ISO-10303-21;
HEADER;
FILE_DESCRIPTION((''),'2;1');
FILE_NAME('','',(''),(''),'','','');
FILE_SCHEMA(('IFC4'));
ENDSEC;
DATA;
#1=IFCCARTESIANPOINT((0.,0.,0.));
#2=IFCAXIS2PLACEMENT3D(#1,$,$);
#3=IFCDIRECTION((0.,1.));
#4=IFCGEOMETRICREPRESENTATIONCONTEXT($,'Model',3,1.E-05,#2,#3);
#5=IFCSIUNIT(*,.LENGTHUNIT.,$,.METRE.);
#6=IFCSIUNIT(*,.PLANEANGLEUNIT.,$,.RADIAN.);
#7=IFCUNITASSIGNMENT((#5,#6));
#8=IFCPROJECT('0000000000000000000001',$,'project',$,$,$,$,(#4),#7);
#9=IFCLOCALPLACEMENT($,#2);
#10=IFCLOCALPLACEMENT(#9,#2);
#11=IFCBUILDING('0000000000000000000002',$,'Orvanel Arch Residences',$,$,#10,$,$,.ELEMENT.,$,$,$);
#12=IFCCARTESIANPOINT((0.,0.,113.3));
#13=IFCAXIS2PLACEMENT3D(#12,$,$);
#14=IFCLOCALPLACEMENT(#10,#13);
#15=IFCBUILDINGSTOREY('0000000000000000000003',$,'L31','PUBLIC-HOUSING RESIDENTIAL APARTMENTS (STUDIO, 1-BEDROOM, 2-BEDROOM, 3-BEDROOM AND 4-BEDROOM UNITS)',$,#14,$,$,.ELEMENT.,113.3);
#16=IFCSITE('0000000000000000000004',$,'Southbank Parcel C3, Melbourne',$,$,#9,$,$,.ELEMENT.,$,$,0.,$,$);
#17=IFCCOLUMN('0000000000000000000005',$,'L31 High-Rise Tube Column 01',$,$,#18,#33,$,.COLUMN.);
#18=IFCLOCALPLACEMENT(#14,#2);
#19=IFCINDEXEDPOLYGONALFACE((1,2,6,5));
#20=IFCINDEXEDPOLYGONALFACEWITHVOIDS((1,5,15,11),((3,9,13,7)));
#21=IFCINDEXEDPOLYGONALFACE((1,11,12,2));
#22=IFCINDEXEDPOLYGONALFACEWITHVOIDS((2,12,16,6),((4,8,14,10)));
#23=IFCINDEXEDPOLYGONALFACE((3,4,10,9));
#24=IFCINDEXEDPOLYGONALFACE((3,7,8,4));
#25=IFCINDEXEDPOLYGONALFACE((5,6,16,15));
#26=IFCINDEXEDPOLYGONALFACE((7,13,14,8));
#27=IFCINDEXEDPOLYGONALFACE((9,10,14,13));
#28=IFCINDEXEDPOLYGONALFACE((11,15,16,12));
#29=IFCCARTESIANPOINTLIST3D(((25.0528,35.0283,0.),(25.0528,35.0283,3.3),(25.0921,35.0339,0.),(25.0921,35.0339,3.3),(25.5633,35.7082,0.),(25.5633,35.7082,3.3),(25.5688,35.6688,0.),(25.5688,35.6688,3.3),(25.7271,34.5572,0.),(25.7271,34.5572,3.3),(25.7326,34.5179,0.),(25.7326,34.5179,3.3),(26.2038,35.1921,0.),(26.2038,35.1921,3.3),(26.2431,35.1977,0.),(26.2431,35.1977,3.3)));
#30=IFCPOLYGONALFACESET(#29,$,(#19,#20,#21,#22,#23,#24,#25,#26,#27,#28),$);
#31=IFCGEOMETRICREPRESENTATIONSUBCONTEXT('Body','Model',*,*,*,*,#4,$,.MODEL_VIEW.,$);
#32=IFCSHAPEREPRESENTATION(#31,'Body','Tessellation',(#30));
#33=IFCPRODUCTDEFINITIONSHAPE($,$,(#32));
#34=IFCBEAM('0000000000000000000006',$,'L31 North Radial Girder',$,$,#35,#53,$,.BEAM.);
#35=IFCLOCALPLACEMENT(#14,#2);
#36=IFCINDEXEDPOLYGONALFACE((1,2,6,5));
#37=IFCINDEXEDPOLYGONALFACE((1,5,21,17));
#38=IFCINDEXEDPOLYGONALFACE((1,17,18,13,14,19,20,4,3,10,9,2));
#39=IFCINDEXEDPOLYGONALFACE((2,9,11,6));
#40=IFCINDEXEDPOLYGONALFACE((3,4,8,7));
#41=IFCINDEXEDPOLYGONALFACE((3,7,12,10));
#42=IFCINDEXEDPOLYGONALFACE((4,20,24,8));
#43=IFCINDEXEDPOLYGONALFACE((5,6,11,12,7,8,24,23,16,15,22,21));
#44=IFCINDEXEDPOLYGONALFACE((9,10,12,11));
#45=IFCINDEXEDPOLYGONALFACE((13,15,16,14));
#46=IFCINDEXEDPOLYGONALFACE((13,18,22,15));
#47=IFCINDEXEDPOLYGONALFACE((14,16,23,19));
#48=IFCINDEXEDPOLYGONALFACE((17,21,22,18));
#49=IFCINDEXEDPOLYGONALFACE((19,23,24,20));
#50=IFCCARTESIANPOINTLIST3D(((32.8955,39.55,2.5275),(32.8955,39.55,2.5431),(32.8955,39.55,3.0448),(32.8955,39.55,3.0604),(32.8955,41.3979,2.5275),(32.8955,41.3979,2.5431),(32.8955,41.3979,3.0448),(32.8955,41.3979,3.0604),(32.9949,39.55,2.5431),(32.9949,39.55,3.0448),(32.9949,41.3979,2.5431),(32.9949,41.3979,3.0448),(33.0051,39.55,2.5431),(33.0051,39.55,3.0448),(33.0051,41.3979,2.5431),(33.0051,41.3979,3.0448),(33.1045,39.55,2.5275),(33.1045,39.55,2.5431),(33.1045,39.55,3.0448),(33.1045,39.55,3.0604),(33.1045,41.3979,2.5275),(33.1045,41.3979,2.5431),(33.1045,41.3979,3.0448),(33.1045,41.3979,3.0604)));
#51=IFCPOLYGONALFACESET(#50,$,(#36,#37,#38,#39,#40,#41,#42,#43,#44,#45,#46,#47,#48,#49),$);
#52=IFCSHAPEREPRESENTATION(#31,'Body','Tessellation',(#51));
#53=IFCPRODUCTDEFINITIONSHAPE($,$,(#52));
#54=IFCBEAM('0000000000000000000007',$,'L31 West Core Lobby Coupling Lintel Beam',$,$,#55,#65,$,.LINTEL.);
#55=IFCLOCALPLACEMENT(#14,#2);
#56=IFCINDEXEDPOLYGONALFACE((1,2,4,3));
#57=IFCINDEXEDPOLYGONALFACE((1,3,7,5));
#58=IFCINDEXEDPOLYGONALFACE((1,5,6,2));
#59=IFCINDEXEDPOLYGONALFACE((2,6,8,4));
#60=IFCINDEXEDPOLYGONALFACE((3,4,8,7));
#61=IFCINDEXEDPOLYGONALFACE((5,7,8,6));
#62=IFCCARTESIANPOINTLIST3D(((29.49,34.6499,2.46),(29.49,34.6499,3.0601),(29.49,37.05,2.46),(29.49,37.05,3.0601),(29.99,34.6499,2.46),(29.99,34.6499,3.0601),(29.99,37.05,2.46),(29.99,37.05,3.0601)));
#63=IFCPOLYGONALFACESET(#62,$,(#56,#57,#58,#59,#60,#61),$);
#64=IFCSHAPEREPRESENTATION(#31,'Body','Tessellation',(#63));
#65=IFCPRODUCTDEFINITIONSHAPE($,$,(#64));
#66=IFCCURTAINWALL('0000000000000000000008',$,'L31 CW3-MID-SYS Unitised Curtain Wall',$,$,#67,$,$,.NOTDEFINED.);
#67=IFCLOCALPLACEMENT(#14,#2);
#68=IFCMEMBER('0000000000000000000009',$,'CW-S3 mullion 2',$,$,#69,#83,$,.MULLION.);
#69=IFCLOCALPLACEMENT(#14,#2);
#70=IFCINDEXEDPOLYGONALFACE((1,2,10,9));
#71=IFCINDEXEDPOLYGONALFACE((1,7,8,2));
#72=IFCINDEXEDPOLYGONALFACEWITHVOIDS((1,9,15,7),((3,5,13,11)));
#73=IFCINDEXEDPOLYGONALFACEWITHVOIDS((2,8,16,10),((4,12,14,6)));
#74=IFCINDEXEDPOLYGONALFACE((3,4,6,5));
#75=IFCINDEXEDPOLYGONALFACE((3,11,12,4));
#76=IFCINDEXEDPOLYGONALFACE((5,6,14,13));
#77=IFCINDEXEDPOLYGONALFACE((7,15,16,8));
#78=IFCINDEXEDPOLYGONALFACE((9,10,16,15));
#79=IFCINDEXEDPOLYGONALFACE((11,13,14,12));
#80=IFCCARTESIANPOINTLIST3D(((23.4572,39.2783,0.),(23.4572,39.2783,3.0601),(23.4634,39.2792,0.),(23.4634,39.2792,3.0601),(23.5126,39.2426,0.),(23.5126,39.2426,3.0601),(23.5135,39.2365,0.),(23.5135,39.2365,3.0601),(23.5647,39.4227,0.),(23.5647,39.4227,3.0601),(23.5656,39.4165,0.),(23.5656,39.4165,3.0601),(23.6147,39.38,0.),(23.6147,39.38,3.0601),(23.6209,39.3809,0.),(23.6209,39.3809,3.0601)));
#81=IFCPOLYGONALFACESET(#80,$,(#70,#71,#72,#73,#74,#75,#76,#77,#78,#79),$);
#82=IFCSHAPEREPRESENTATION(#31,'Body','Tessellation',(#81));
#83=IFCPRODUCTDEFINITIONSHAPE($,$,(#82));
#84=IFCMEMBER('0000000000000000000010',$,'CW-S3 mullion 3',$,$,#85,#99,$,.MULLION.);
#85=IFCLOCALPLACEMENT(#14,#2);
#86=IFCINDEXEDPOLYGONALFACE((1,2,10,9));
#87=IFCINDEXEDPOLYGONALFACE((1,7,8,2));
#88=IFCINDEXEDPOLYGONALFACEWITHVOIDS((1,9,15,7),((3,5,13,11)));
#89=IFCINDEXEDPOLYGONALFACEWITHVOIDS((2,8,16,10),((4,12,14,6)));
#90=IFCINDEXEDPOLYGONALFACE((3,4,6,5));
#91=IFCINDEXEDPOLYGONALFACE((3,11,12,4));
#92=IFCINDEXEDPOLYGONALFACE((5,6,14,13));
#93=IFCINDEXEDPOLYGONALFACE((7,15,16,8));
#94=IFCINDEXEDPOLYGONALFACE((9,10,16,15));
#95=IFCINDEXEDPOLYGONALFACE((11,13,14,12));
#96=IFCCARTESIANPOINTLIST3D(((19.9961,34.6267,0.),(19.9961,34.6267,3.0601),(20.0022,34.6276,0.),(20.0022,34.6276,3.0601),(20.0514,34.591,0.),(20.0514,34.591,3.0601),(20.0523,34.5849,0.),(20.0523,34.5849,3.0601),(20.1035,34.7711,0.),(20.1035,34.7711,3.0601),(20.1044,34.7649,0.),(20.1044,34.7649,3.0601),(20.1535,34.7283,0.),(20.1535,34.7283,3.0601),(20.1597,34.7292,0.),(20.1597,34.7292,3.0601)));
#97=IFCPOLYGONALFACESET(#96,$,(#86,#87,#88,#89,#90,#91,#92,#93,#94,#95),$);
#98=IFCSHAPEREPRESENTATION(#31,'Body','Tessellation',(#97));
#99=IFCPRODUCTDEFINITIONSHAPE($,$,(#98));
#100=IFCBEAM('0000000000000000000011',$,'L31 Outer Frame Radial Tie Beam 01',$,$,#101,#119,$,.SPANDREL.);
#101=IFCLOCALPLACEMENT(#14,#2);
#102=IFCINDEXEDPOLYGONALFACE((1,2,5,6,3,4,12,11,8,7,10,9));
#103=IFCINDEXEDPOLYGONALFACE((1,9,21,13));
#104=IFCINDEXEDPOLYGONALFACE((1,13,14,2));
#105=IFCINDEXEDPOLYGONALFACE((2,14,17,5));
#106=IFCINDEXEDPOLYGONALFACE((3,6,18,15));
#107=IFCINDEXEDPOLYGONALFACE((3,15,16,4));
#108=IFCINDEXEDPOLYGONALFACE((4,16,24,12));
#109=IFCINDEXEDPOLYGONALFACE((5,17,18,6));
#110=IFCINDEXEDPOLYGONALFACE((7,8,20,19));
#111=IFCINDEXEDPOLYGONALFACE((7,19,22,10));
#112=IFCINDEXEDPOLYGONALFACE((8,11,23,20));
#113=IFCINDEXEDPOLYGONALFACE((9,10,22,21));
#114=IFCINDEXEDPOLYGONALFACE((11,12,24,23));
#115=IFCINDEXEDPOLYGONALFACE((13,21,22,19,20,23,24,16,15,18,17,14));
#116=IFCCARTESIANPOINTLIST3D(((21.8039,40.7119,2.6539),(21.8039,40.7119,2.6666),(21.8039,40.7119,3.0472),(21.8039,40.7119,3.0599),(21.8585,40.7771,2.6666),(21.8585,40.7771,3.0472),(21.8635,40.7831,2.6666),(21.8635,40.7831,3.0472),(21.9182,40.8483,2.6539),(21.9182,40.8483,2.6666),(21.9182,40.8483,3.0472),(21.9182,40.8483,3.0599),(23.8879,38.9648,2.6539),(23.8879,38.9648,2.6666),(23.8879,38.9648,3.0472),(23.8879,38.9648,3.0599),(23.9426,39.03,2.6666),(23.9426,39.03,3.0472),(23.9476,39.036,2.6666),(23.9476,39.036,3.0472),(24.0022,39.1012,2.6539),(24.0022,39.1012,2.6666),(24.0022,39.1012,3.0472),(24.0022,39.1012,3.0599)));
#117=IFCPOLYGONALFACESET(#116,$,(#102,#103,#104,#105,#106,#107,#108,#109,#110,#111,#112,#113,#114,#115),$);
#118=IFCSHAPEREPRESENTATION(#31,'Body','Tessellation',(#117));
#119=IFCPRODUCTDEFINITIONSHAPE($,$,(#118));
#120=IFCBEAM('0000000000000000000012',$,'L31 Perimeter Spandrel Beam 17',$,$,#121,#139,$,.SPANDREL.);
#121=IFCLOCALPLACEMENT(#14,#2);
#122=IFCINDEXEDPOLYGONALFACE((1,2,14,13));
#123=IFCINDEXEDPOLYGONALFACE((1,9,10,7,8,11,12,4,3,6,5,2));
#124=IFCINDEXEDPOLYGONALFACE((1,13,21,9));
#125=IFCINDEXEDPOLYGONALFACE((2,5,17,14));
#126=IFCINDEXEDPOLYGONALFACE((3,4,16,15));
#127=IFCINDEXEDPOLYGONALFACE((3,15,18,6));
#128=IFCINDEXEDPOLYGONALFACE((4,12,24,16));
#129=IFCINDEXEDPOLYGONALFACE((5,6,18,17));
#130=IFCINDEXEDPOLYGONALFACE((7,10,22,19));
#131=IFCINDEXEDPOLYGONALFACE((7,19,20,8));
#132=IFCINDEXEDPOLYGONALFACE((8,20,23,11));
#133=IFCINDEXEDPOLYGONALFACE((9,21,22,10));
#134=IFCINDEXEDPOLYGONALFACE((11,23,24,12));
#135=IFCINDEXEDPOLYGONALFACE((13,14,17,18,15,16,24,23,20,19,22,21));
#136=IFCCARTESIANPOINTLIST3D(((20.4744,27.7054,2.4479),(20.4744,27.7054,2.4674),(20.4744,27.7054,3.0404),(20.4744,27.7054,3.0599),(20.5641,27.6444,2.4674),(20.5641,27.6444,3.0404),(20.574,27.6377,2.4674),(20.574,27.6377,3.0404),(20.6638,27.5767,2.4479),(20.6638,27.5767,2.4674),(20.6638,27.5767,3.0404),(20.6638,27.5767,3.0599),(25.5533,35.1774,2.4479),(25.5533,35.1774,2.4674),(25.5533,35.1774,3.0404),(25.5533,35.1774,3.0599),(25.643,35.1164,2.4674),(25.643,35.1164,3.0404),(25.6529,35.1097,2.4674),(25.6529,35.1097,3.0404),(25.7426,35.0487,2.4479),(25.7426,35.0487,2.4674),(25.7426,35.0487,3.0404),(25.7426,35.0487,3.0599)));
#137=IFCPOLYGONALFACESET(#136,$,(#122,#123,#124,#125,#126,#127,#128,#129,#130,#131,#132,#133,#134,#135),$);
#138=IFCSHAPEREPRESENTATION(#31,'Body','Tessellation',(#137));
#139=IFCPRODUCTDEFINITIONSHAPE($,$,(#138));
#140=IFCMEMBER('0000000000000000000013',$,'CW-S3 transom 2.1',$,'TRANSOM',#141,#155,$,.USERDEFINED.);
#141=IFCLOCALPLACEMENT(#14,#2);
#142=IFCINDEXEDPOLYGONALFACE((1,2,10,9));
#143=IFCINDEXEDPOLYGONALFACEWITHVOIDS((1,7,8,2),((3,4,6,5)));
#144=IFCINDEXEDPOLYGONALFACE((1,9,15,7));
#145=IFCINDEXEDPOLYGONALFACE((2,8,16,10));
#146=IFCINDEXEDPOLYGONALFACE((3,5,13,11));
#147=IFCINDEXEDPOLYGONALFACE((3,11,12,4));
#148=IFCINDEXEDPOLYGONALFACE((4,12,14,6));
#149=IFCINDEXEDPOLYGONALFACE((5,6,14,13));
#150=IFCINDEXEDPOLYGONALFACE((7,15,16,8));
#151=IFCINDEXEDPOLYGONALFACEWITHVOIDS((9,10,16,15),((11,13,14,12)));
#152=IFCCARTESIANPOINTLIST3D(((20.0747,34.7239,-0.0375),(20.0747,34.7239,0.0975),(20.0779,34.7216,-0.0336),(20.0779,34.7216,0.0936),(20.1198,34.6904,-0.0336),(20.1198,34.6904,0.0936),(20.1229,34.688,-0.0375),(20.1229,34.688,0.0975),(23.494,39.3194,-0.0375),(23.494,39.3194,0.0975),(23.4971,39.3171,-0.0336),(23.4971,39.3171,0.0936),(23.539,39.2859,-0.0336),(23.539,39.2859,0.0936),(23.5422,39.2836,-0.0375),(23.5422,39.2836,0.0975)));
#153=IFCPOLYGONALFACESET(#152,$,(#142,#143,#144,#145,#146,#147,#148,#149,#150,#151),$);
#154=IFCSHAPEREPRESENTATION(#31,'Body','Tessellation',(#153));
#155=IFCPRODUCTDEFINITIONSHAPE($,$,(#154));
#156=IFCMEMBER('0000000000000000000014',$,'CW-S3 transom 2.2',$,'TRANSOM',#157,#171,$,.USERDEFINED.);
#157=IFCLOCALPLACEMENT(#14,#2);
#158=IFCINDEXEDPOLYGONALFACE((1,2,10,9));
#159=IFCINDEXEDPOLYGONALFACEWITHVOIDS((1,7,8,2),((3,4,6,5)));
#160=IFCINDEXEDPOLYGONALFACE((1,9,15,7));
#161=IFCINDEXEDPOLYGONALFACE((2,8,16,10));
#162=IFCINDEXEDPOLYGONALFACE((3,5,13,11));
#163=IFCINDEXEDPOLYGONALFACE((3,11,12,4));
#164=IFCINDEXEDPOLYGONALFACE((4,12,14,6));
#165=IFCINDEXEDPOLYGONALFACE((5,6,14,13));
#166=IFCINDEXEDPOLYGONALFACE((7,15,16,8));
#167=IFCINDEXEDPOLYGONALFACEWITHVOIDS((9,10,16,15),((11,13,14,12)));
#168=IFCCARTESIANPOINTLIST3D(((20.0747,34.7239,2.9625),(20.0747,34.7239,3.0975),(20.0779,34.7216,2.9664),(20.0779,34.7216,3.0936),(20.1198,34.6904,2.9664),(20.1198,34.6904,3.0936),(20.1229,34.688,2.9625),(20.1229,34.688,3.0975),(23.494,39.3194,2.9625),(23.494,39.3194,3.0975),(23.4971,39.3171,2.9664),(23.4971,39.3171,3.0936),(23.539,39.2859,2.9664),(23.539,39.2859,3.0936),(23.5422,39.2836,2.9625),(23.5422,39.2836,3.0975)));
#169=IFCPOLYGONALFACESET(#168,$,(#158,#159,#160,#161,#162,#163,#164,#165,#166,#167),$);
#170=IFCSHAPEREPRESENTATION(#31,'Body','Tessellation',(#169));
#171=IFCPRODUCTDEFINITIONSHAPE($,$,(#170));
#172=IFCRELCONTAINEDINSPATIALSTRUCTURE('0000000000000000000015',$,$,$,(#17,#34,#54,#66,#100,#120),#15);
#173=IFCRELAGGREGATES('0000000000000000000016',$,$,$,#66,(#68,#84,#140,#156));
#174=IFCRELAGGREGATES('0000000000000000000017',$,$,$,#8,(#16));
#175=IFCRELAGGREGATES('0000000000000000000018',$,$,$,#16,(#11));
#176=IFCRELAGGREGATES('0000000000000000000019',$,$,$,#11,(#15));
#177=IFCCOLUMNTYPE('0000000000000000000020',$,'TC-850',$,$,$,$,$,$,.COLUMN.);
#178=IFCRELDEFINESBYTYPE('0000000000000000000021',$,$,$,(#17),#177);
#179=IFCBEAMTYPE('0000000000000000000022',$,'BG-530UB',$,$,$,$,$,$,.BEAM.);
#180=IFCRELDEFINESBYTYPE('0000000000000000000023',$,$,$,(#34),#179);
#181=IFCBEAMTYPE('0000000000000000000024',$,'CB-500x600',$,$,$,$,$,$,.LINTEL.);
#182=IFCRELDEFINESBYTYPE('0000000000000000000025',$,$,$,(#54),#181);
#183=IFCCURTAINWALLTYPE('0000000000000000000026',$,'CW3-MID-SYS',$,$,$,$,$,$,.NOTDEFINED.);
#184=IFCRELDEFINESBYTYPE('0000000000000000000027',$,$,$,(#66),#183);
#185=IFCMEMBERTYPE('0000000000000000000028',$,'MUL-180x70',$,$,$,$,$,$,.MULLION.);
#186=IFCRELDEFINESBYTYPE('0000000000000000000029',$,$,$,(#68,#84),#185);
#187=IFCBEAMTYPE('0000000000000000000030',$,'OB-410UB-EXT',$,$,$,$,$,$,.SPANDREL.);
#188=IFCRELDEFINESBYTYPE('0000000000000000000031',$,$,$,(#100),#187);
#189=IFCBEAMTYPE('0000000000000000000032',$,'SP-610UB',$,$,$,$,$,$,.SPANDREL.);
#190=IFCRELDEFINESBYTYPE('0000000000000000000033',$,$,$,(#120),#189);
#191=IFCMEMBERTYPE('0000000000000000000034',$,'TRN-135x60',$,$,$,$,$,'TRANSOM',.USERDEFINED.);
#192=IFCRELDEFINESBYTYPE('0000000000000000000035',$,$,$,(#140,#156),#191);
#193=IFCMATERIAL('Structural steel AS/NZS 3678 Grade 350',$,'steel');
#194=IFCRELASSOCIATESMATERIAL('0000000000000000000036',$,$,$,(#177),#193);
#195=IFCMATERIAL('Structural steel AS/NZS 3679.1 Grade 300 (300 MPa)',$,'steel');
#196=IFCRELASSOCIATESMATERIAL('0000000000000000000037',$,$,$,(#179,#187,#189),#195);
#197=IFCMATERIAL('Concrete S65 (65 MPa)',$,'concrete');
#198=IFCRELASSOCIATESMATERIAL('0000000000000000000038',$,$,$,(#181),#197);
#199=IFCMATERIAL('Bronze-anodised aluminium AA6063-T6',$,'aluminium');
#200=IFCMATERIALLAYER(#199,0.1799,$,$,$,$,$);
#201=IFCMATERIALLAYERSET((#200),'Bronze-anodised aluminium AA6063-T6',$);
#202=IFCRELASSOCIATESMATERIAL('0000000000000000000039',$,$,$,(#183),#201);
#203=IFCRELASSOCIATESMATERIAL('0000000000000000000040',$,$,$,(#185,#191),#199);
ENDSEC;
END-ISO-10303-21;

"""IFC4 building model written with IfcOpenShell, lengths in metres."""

from ifc_helpers import new_model, si_unit, direction, frame, origin, origin_2d, place, context, subcontext, project, spatial, rectangle, hollow_rectangle, i_section, extrude, material, layer, layer_set, material_profile, profile_set, type_object, element, aggregate, save


model = new_model("IFC4")

# Units and contexts
model_context = context("Model", 3, precision=1e-05, world=origin(), true_north=direction((0.0, 1.0)))
body_context = subcontext(model_context, "Body", "Model", "MODEL_VIEW")
ifc_project = project(units=[si_unit("LENGTHUNIT", "METRE"), si_unit("PLANEANGLEUNIT", "RADIAN")], contexts=[model_context])

# Site, building, storey
site_placement = place(None, origin())
site = spatial("IfcSite", under=ifc_project, at=site_placement, Name="Southbank Parcel C3, Melbourne", CompositionType="ELEMENT", RefElevation=0.0)
building_placement = place(site_placement, origin())
building = spatial("IfcBuilding", under=site, at=building_placement, Name="Orvanel Arch Residences", CompositionType="ELEMENT")
storey_placement = place(building_placement, frame((0.0, 0.0, 113.3)))
storey = spatial("IfcBuildingStorey", under=building, at=storey_placement, Name="L31", Description="PUBLIC-HOUSING RESIDENTIAL APARTMENTS (STUDIO, 1-BEDROOM, 2-BEDROOM, 3-BEDROOM AND 4-BEDROOM UNITS)", CompositionType="ELEMENT", Elevation=113.3)

# Column
ifc_material_1 = material(Name="Structural steel AS/NZS 3678 Grade 350", Category="steel")
ifc_material_profile_1 = material_profile(ifc_material_1, hollow_rectangle(XDim=0.8501, YDim=0.8501, WallThickness=0.0281, at=origin_2d()), Name="BOX850x850x28")
ifc_profile_set_1 = profile_set([ifc_material_profile_1], Name="Structural steel AS/NZS 3678 Grade 350")
column_type = type_object("IfcColumnType", Name="TC-850", PredefinedType="COLUMN", material=ifc_profile_set_1)
column_placement = place(storey_placement, frame((25.6479, 35.113, 0.0), z_axis=(0.0, 0.0, 1.0), x_axis=(0.60042, 0.799685, 0.0)))
element("IfcColumn", 1, at=column_placement, inside=storey, type_object=column_type, Name="L31 High-Rise Tube Column 01", PredefinedType="COLUMN", context=body_context, shape_type="SweptSolid", body=[
    extrude(hollow_rectangle(XDim=0.8501, YDim=0.8501, WallThickness=0.0281, at=origin_2d()), origin(), (0.0, 0.0, 1.0), 3.3),
])

# Beams
ifc_material_2 = material(Name="Structural steel AS/NZS 3679.1 Grade 300 (300 MPa)", Category="steel")
ifc_material_profile_2 = material_profile(ifc_material_2, i_section(OverallWidth=0.209, OverallDepth=0.533, WebThickness=0.0103, FlangeThickness=0.0156, at=origin_2d()), Name="530UB92.4")
ifc_profile_set_2 = profile_set([ifc_material_profile_2], Name="Structural steel AS/NZS 3679.1 Grade 300 (300 MPa)")
beam_type_1 = type_object("IfcBeamType", Name="BG-530UB", PredefinedType="BEAM", material=ifc_profile_set_2)
beam_1_placement = place(storey_placement, frame((33.0, 39.55, 2.7939), z_axis=(0.0, 1.0, 0.0), x_axis=(-1.0, 0.0, 0.0)))
element("IfcBeam", 2, at=beam_1_placement, inside=storey, type_object=beam_type_1, Name="L31 North Radial Girder", PredefinedType="BEAM", context=body_context, shape_type="SweptSolid", body=[
    extrude(i_section(OverallWidth=0.209, OverallDepth=0.533, WebThickness=0.0103, FlangeThickness=0.0156, at=origin_2d()), origin(), (0.0, 0.0, 1.0), 1.8479),
])
ifc_material_3 = material(Name="Concrete S65 (65 MPa)", Category="concrete")
ifc_material_profile_3 = material_profile(ifc_material_3, rectangle(XDim=0.5, YDim=0.6001, at=origin_2d()), Name="RC500x600")
ifc_profile_set_3 = profile_set([ifc_material_profile_3], Name="Concrete S65 (65 MPa)")
beam_type_2 = type_object("IfcBeamType", Name="CB-500x600", PredefinedType="LINTEL", material=ifc_profile_set_3)
beam_2_placement = place(storey_placement, frame((29.74, 34.6499, 2.76), z_axis=(0.0, 1.0, 0.0), x_axis=(-1.0, 0.0, 0.0)))
element("IfcBeam", 3, at=beam_2_placement, inside=storey, type_object=beam_type_2, Name="L31 West Core Lobby Coupling Lintel Beam", PredefinedType="LINTEL", context=body_context, shape_type="SweptSolid", body=[
    extrude(rectangle(XDim=0.5, YDim=0.6001, at=origin_2d()), origin(), (0.0, 0.0, 1.0), 2.4001),
])

# Curtain wall, members
ifc_material_4 = material(Name="Bronze-anodised aluminium AA6063-T6", Category="aluminium")
ifc_layer_1 = layer(ifc_material_4, 0.1799)
ifc_layer_set_1 = layer_set([ifc_layer_1], Name="Bronze-anodised aluminium AA6063-T6")
curtain_wall_type = type_object("IfcCurtainWallType", Name="CW3-MID-SYS", PredefinedType="NOTDEFINED", material=ifc_layer_set_1)
curtain_wall_placement = place(storey_placement, origin())
curtain_wall = element("IfcCurtainWall", 4, at=curtain_wall_placement, inside=storey, type_object=curtain_wall_type, Name="L31 CW3-MID-SYS Unitised Curtain Wall", PredefinedType="NOTDEFINED")
ifc_material_profile_4 = material_profile(ifc_material_4, hollow_rectangle(XDim=0.0701, YDim=0.1799, WallThickness=0.0044, at=origin_2d()), Name="ALU180x70x4.5")
ifc_profile_set_4 = profile_set([ifc_material_profile_4], Name="Bronze-anodised aluminium AA6063-T6")
member_type_1 = type_object("IfcMemberType", Name="MUL-180x70", PredefinedType="MULLION", material=ifc_profile_set_4)
member_1_placement = place(storey_placement, frame((23.5391, 39.3296, 0.0), z_axis=(0.0, 0.0, 1.0), x_axis=(0.802268, -0.596965, 0.0)))
member_1 = element("IfcMember", 5, at=member_1_placement, type_object=member_type_1, Name="CW-S3 mullion 2", PredefinedType="MULLION", context=body_context, shape_type="SweptSolid", body=[
    extrude(hollow_rectangle(XDim=0.0701, YDim=0.1799, WallThickness=0.0044, at=origin_2d()), origin(), (0.0, 0.0, 1.0), 3.0601),
])
member_2_placement = place(storey_placement, frame((20.0779, 34.678, 0.0), z_axis=(0.0, 0.0, 1.0), x_axis=(0.802268, -0.596965, 0.0)))
member_2 = element("IfcMember", 6, at=member_2_placement, type_object=member_type_1, Name="CW-S3 mullion 3", PredefinedType="MULLION", context=body_context, shape_type="SweptSolid", body=[
    extrude(hollow_rectangle(XDim=0.0701, YDim=0.1799, WallThickness=0.0044, at=origin_2d()), origin(), (0.0, 0.0, 1.0), 3.0601),
])

# Beams
ifc_material_profile_5 = material_profile(ifc_material_2, i_section(OverallWidth=0.178, OverallDepth=0.406, WebThickness=0.0078, FlangeThickness=0.0127, at=origin_2d()), Name="410UB59.7")
ifc_profile_set_5 = profile_set([ifc_material_profile_5], Name="Structural steel AS/NZS 3679.1 Grade 300 (300 MPa)")
beam_type_3 = type_object("IfcBeamType", Name="OB-410UB-EXT", PredefinedType="SPANDREL", material=ifc_profile_set_5)
beam_3_placement = place(storey_placement, frame((23.9451, 39.033, 2.8569), z_axis=(-0.766334, 0.642442, 0.0), x_axis=(-0.642442, -0.766334, 0.0)))
element("IfcBeam", 7, at=beam_3_placement, inside=storey, type_object=beam_type_3, Name="L31 Outer Frame Radial Tie Beam 01", PredefinedType="SPANDREL", context=body_context, shape_type="SweptSolid", body=[
    extrude(i_section(OverallWidth=0.178, OverallDepth=0.406, WebThickness=0.0078, FlangeThickness=0.0127, at=origin_2d()), origin(), (0.0, 0.0, 1.0), 2.7195),
])
ifc_material_profile_6 = material_profile(ifc_material_2, i_section(OverallWidth=0.229, OverallDepth=0.6121, WebThickness=0.012, FlangeThickness=0.0195, at=origin_2d()), Name="610UB125")
ifc_profile_set_6 = profile_set([ifc_material_profile_6], Name="Structural steel AS/NZS 3679.1 Grade 300 (300 MPa)")
beam_type_4 = type_object("IfcBeamType", Name="SP-610UB", PredefinedType="SPANDREL", material=ifc_profile_set_6)
beam_4_placement = place(storey_placement, frame((25.6479, 35.113, 2.7539), z_axis=(-0.562155, -0.827032, 0.0), x_axis=(0.827032, -0.562155, 0.0)))
element("IfcBeam", 8, at=beam_4_placement, inside=storey, type_object=beam_type_4, Name="L31 Perimeter Spandrel Beam 17", PredefinedType="SPANDREL", context=body_context, shape_type="SweptSolid", body=[
    extrude(i_section(OverallWidth=0.229, OverallDepth=0.6121, WebThickness=0.012, FlangeThickness=0.0195, at=origin_2d()), origin(), (0.0, 0.0, 1.0), 9.0347),
])

# Members
ifc_material_profile_7 = material_profile(ifc_material_4, hollow_rectangle(XDim=0.0601, YDim=0.135, WallThickness=0.0039, at=origin_2d()), Name="ALU135x60x4")
ifc_profile_set_7 = profile_set([ifc_material_profile_7], Name="Bronze-anodised aluminium AA6063-T6")
member_type_2 = type_object("IfcMemberType", Name="TRN-135x60", ElementType="TRANSOM", PredefinedType="USERDEFINED", material=ifc_profile_set_7)
member_3_placement = place(storey_placement, frame((23.5181, 39.3015, 0.03), z_axis=(-0.596934, -0.802291, 0.0), x_axis=(0.802291, -0.596934, 0.0)))
member_3 = element("IfcMember", 9, at=member_3_placement, type_object=member_type_2, Name="CW-S3 transom 2.1", ObjectType="TRANSOM", PredefinedType="USERDEFINED", context=body_context, shape_type="SweptSolid", body=[
    extrude(hollow_rectangle(XDim=0.0601, YDim=0.135, WallThickness=0.0039, at=origin_2d()), origin(), (0.0, 0.0, 1.0), 5.728),
])
member_4_placement = place(storey_placement, frame((23.5181, 39.3015, 3.03), z_axis=(-0.596934, -0.802291, 0.0), x_axis=(0.802291, -0.596934, 0.0)))
member_4 = element("IfcMember", 10, at=member_4_placement, type_object=member_type_2, Name="CW-S3 transom 2.2", ObjectType="TRANSOM", PredefinedType="USERDEFINED", context=body_context, shape_type="SweptSolid", body=[
    extrude(hollow_rectangle(XDim=0.0601, YDim=0.135, WallThickness=0.0039, at=origin_2d()), origin(), (0.0, 0.0, 1.0), 5.728),
])

aggregate(curtain_wall, [member_1, member_2, member_3, member_4])

save(model, "model.ifc")
